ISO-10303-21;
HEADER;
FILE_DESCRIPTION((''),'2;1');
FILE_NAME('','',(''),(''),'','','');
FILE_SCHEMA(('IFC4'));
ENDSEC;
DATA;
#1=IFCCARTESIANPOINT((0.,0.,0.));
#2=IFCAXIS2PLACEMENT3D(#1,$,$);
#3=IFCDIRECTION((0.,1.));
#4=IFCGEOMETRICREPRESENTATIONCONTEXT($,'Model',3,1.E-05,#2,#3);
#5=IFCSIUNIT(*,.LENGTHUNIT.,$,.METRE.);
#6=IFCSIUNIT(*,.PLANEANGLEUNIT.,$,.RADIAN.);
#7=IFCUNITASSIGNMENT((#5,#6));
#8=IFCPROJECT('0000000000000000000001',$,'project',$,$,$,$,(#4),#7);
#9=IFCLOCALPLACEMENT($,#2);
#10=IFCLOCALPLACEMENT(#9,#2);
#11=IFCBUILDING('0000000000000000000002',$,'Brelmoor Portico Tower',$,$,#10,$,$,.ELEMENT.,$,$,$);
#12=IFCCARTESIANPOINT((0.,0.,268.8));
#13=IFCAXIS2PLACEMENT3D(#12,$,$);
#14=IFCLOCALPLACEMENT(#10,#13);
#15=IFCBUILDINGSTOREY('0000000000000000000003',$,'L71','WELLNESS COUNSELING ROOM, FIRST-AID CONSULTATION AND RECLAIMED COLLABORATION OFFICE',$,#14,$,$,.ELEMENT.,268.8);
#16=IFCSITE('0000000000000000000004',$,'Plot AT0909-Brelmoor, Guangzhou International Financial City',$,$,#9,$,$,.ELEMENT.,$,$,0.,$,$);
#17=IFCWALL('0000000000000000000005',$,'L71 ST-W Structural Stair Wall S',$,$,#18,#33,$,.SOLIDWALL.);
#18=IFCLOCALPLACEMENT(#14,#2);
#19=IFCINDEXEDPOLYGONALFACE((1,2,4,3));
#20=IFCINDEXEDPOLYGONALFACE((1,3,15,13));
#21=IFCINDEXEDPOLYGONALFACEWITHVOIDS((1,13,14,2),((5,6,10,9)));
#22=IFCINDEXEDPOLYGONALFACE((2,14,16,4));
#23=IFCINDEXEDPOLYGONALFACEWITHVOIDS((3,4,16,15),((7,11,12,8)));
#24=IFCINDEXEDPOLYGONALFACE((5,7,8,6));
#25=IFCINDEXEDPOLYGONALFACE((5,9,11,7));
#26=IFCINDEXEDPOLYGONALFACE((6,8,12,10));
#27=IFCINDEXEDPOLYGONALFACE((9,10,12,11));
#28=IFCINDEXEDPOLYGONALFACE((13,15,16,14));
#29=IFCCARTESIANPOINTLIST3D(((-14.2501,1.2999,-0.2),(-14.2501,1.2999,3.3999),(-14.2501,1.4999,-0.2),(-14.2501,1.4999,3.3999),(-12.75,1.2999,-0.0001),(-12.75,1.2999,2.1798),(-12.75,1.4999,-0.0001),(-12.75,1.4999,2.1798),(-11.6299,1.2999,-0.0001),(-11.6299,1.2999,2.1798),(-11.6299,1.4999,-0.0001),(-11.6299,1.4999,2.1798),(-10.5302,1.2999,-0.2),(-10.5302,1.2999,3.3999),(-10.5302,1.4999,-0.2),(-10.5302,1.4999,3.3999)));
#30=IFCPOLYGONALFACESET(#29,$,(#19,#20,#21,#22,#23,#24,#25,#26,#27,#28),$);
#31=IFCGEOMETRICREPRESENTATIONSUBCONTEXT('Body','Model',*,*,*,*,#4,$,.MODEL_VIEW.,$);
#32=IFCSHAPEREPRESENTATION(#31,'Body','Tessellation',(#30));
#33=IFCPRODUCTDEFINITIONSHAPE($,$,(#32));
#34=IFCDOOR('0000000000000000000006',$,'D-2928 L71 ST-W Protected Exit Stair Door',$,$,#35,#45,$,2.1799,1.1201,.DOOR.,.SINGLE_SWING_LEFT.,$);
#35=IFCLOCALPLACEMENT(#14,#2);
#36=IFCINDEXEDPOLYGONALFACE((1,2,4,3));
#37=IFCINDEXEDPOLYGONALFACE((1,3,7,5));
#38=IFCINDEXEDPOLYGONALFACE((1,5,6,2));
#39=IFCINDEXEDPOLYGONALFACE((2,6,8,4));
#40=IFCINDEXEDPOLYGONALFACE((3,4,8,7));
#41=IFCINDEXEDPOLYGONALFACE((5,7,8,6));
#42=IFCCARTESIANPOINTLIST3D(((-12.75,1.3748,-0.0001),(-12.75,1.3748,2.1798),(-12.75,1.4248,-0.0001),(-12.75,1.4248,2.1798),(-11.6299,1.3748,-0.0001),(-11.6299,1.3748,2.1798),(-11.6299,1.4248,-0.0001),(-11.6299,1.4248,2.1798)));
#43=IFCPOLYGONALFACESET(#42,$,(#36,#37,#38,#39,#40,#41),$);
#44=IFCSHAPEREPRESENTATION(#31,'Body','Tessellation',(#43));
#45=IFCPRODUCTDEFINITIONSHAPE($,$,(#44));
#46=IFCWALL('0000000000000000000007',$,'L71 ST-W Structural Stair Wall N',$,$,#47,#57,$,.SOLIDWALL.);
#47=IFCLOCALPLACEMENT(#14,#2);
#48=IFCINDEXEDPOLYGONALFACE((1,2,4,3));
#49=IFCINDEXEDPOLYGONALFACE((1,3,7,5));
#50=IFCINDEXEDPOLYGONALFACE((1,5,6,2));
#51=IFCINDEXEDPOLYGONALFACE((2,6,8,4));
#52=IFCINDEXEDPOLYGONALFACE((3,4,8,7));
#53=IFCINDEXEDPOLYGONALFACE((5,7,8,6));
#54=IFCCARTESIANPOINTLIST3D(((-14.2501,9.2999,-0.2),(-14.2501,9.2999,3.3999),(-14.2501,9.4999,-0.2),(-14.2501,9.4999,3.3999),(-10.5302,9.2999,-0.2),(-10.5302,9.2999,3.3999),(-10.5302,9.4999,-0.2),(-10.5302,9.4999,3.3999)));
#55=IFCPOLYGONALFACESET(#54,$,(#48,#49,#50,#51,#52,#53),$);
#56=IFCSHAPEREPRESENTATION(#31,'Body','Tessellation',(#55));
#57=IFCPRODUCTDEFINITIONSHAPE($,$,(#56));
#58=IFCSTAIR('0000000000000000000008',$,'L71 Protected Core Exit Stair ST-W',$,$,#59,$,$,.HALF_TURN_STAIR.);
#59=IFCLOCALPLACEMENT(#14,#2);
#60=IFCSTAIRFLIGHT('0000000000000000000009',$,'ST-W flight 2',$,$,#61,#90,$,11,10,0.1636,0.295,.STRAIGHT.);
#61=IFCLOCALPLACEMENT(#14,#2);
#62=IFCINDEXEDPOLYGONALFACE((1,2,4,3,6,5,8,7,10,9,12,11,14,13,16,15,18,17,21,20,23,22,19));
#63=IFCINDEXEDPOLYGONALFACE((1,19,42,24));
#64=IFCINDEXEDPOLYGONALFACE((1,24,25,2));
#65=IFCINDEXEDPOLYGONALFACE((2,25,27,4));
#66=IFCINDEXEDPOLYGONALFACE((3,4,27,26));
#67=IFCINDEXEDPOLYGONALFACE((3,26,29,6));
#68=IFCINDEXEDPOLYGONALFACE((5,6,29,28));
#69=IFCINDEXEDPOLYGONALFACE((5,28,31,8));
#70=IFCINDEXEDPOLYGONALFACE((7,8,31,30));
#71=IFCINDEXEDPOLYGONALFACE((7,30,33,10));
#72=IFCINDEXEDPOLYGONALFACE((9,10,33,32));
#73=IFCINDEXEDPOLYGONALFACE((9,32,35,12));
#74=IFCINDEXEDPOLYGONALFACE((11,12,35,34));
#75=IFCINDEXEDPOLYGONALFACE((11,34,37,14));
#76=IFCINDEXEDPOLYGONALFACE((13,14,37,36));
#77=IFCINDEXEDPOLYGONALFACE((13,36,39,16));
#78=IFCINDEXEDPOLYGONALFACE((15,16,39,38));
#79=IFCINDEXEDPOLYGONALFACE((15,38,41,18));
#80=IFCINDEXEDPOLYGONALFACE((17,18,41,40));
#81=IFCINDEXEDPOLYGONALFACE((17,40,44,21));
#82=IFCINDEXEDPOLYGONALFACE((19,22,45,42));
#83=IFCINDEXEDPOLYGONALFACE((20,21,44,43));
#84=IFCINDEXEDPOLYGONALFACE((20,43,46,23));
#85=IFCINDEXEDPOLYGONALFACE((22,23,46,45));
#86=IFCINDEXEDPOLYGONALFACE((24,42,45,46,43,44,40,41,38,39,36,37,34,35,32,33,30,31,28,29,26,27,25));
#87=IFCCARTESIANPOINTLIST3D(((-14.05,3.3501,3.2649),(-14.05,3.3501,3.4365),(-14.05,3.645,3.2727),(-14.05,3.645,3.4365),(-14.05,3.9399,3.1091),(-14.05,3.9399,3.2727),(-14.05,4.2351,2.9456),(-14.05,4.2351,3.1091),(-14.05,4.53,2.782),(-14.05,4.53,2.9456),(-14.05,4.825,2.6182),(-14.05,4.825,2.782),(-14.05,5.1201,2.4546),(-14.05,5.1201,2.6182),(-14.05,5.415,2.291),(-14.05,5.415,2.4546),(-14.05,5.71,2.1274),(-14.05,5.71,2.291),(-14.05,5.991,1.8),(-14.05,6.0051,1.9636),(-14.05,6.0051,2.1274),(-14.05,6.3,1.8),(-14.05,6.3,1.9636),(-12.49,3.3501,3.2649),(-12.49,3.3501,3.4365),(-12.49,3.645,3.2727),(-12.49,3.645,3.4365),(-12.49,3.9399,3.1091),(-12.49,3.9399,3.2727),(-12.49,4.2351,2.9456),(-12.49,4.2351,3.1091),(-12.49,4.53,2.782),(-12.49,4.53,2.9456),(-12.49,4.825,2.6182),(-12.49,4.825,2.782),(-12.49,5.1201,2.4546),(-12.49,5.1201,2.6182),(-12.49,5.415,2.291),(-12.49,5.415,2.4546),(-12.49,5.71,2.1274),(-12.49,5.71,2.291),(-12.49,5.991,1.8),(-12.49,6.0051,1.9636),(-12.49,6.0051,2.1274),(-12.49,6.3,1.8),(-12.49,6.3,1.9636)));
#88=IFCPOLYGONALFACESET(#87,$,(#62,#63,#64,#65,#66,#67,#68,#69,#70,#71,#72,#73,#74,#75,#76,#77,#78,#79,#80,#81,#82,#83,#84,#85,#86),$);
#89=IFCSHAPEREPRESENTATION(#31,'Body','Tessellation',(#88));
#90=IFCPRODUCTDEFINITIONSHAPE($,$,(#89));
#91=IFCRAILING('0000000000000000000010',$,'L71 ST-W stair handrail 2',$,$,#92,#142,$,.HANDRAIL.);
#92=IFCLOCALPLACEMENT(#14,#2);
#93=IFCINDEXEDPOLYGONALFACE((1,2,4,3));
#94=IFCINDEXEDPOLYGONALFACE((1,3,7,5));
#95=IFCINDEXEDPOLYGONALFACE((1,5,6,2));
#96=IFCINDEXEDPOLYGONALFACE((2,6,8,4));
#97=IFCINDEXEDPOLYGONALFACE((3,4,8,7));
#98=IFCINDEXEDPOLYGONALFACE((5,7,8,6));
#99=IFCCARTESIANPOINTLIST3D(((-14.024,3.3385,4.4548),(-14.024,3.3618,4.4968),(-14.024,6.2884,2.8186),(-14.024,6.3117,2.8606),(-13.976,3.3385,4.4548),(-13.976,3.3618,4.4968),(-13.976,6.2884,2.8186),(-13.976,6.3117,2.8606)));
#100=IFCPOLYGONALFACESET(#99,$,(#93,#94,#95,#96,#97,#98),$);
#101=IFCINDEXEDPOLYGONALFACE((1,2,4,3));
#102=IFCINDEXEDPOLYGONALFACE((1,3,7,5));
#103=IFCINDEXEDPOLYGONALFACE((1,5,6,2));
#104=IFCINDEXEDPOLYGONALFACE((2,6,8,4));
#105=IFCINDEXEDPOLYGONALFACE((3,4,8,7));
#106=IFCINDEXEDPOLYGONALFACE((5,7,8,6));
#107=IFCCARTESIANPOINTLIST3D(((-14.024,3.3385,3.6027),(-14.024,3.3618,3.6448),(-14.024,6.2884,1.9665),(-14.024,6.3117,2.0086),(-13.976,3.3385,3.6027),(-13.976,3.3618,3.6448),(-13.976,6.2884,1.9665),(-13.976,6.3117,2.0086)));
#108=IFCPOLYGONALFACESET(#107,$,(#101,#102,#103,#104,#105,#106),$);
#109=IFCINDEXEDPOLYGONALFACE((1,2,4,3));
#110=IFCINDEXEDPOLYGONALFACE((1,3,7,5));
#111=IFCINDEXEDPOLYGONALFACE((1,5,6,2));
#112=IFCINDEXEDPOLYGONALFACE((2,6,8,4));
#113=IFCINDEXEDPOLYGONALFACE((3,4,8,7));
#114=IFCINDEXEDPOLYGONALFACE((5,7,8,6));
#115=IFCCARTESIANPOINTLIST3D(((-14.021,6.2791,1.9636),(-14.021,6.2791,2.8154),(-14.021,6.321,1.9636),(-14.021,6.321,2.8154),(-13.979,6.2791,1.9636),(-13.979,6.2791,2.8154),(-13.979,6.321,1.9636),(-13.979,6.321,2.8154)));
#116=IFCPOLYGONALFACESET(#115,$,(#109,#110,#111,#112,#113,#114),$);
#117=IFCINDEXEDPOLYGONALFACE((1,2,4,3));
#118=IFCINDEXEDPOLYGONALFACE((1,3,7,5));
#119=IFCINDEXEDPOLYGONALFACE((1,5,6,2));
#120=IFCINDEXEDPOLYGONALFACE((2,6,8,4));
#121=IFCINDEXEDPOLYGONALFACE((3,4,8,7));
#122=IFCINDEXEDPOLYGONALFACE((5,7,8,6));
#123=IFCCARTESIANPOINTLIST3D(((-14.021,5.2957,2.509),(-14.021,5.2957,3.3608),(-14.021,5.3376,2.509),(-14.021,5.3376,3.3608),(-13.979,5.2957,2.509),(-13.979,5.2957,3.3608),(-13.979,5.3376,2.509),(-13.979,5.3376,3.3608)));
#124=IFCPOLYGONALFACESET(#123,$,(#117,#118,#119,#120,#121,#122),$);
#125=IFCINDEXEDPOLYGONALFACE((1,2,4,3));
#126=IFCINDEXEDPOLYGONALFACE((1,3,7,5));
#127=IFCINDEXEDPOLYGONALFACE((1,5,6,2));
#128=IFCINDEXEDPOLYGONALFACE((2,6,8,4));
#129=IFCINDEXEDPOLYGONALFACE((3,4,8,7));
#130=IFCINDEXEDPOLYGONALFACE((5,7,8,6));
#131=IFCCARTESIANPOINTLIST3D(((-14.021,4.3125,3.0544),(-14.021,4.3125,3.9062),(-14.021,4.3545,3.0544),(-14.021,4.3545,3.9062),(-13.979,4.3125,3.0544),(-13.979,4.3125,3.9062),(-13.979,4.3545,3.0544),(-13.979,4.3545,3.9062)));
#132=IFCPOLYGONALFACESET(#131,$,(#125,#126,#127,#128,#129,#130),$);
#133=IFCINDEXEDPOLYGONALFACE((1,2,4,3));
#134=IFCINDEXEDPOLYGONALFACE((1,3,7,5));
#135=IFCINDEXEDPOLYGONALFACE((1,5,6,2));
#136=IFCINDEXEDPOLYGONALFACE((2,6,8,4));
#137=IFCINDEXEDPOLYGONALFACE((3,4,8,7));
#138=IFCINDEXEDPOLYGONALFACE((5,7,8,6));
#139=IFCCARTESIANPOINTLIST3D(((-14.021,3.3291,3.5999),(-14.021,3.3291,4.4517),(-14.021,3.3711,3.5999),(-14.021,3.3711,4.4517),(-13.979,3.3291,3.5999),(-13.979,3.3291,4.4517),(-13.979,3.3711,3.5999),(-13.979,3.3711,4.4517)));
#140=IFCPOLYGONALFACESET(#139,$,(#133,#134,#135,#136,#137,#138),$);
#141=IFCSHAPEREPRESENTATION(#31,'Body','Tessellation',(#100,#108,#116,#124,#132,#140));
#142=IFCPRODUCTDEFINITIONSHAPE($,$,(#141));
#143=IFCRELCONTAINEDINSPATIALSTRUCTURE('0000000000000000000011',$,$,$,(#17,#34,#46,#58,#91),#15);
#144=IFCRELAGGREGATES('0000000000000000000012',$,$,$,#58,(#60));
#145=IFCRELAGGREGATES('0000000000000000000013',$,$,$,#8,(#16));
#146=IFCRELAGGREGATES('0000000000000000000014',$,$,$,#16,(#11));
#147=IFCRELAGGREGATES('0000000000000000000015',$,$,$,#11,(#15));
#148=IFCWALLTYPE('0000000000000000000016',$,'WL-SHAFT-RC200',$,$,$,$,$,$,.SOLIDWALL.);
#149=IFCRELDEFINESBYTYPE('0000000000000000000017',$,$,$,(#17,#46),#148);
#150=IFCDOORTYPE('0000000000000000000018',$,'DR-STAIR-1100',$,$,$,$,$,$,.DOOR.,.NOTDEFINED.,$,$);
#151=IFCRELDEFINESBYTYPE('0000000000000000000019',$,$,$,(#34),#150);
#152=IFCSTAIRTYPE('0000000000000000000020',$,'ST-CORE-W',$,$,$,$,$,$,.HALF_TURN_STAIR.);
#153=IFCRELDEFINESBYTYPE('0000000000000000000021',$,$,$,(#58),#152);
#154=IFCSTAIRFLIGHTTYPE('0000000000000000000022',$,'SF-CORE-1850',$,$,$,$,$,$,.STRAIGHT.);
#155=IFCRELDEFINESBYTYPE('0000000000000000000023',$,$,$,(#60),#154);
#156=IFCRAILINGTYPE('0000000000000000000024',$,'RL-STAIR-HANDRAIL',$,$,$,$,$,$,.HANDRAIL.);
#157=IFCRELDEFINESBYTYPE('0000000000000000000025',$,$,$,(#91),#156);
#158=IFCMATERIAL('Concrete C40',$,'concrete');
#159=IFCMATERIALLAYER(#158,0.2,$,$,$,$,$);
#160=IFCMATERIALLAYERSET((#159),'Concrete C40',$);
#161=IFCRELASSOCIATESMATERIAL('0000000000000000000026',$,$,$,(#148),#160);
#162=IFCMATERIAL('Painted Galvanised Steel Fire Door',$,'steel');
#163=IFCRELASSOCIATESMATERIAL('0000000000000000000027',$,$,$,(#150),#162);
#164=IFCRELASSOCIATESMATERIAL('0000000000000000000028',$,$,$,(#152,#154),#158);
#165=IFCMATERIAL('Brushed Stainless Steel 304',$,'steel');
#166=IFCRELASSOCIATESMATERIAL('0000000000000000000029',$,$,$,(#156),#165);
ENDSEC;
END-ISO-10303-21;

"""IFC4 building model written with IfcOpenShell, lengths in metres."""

from ifc_helpers import new_model, si_unit, direction, frame, frame_2d, origin, origin_2d, place, context, subcontext, project, spatial, polyline, rectangle, outline, extrude, material, layer, layer_set, type_object, element, fill, aggregate, save


model = new_model("IFC4")

# Units and contexts
model_context = context("Model", 3, precision=1e-05, world=origin(), true_north=direction((0.0, 1.0)))
body_context = subcontext(model_context, "Body", "Model", "MODEL_VIEW")
ifc_project = project(units=[si_unit("LENGTHUNIT", "METRE"), si_unit("PLANEANGLEUNIT", "RADIAN")], contexts=[model_context])

# Site, building, storey
site_placement = place(None, origin())
site = spatial("IfcSite", under=ifc_project, at=site_placement, Name="Plot AT0909-Brelmoor, Guangzhou International Financial City", CompositionType="ELEMENT", RefElevation=0.0)
building_placement = place(site_placement, origin())
building = spatial("IfcBuilding", under=site, at=building_placement, Name="Brelmoor Portico Tower", CompositionType="ELEMENT")
storey_placement = place(building_placement, frame((0.0, 0.0, 268.8)))
storey = spatial("IfcBuildingStorey", under=building, at=storey_placement, Name="L71", Description="WELLNESS COUNSELING ROOM, FIRST-AID CONSULTATION AND RECLAIMED COLLABORATION OFFICE", CompositionType="ELEMENT", Elevation=268.8)

# Shared definitions
ifc_material_1 = material(Name="Concrete C40", Category="concrete")
ifc_layer_1 = layer(ifc_material_1, 0.2)
ifc_layer_set_1 = layer_set([ifc_layer_1], Name="Concrete C40")
wall_type_1 = type_object("IfcWallType", Name="WL-SHAFT-RC200", PredefinedType="SOLIDWALL", material=ifc_layer_set_1)

# Wall, opening, door
wall_1_placement = place(storey_placement, frame((-14.25, 1.3999, -0.2), z_axis=(0.0, 0.0, 1.0), x_axis=(1.0, 0.0, 0.0)))
wall_1 = element("IfcWall", 1, at=wall_1_placement, inside=storey, type_object=wall_type_1, Name="L71 ST-W Structural Stair Wall S", PredefinedType="SOLIDWALL", context=body_context, shape_type="SweptSolid", body=[
    extrude(rectangle(XDim=3.72, YDim=0.2, at=frame_2d((1.8599, 0.0))), origin(), (0.0, 0.0, 1.0), 3.5999),
])
opening_placement = place(wall_1_placement, frame((1.5, 0.0, 0.2)))
opening = element("IfcOpeningElement", 2, at=opening_placement, cuts=wall_1, PredefinedType="OPENING", context=body_context, shape_type="SweptSolid", body=[
    extrude(rectangle(XDim=1.1201, YDim=2.1799, at=frame_2d((0.5601, 1.0898))), frame((0.0, 0.1099, 0.0), z_axis=(0.0, -1.0, 0.0), x_axis=(1.0, 0.0, 0.0)), (0.0, 0.0, 1.0), 0.22),
])
ifc_material_2 = material(Name="Painted Galvanised Steel Fire Door", Category="steel")
door_type = type_object("IfcDoorType", Name="DR-STAIR-1100", OperationType="NOTDEFINED", PredefinedType="DOOR", material=ifc_material_2)
door_placement = place(opening_placement, origin())
door = element("IfcDoor", 3, at=door_placement, inside=storey, type_object=door_type, Name="D-2928 L71 ST-W Protected Exit Stair Door", OperationType="SINGLE_SWING_LEFT", OverallHeight=2.1799, OverallWidth=1.1201, PredefinedType="DOOR", context=body_context, shape_type="SweptSolid", body=[
    extrude(rectangle(XDim=1.1201, YDim=2.1799, at=frame_2d((0.5601, 1.0898))), frame((0.0, 0.0249, 0.0), z_axis=(0.0, -1.0, 0.0), x_axis=(1.0, 0.0, 0.0)), (0.0, 0.0, 1.0), 0.05),
])
fill(opening, door)

# Wall
wall_2_placement = place(storey_placement, frame((-14.25, 9.3999, -0.2), z_axis=(0.0, 0.0, 1.0), x_axis=(1.0, 0.0, 0.0)))
element("IfcWall", 4, at=wall_2_placement, inside=storey, type_object=wall_type_1, Name="L71 ST-W Structural Stair Wall N", PredefinedType="SOLIDWALL", context=body_context, shape_type="SweptSolid", body=[
    extrude(rectangle(XDim=3.72, YDim=0.2, at=frame_2d((1.8599, 0.0))), origin(), (0.0, 0.0, 1.0), 3.5999),
])

# Stair, stair flight
stair_type = type_object("IfcStairType", Name="ST-CORE-W", PredefinedType="HALF_TURN_STAIR", material=ifc_material_1)
stair_placement = place(storey_placement, origin())
stair = element("IfcStair", 5, at=stair_placement, inside=storey, type_object=stair_type, Name="L71 Protected Core Exit Stair ST-W", PredefinedType="HALF_TURN_STAIR")
stair_flight_type = type_object("IfcStairFlightType", Name="SF-CORE-1850", PredefinedType="STRAIGHT", material=ifc_material_1)
stair_flight_placement = place(storey_placement, frame((-13.27, 6.3, 1.8), z_axis=(0.0, 0.0, 1.0), x_axis=(0.0, -1.0, 0.0)))
stair_flight = element("IfcStairFlight", 6, at=stair_flight_placement, type_object=stair_flight_type, Name="ST-W flight 2", NumberOfRisers=11, NumberOfTreads=10, PredefinedType="STRAIGHT", RiserHeight=0.1636, TreadLength=0.295, context=body_context, shape_type="SweptSolid", body=[
    extrude(outline(polyline([(0.0, 0.0), (0.0, 0.1636), (0.2949, 0.1636), (0.2949, 0.3274), (0.5901, 0.3274), (0.5901, 0.491), (0.885, 0.491), (0.885, 0.6545), (1.1799, 0.6545), (1.1799, 0.8181), (1.4751, 0.8181), (1.4751, 0.9819), (1.77, 0.9819), (1.77, 1.1455), (2.0649, 1.1455), (2.0649, 1.3091), (2.3601, 1.3091), (2.3601, 1.4727), (2.655, 1.4727), (2.655, 1.6365), (2.95, 1.6365), (2.95, 1.8), (2.95, 1.4648), (0.3091, 0.0), (0.0, 0.0)])), frame((0.0, 0.78, 0.0), z_axis=(0.0, -1.0, 0.0), x_axis=(1.0, 0.0, 0.0)), (0.0, 0.0, 1.0), 1.5601),
])
aggregate(stair, [stair_flight])

# Railing
ifc_material_3 = material(Name="Brushed Stainless Steel 304", Category="steel")
railing_type = type_object("IfcRailingType", Name="RL-STAIR-HANDRAIL", PredefinedType="HANDRAIL", material=ifc_material_3)
railing_placement = place(storey_placement, frame((-14.0, 6.3, 1.9636)))
element("IfcRailing", 7, at=railing_placement, inside=storey, type_object=railing_type, Name="L71 ST-W stair handrail 2", PredefinedType="HANDRAIL", context=body_context, shape_type="SweptSolid", body=[
    extrude(rectangle(XDim=0.0481, YDim=0.0481, at=origin_2d()), frame((0.0, 0.0, 0.876), z_axis=(0.0, -0.874488, 0.485047), x_axis=(1.0, 0.0, 0.0)), (0.0, 0.0, 1.0), 3.3733),
    extrude(rectangle(XDim=0.0481, YDim=0.0481, at=origin_2d()), frame((0.0, 0.0, 0.0239), z_axis=(0.0, -0.874488, 0.485047), x_axis=(1.0, 0.0, 0.0)), (0.0, 0.0, 1.0), 3.3733),
    extrude(rectangle(XDim=0.042, YDim=0.042, at=origin_2d()), origin(), (0.0, 0.0, 1.0), 0.8518),
    extrude(rectangle(XDim=0.042, YDim=0.042, at=origin_2d()), frame((0.0, -0.9834, 0.5454)), (0.0, 0.0, 1.0), 0.8518),
    extrude(rectangle(XDim=0.042, YDim=0.042, at=origin_2d()), frame((0.0, -1.9666, 1.0908)), (0.0, 0.0, 1.0), 0.8518),
    extrude(rectangle(XDim=0.042, YDim=0.042, at=origin_2d()), frame((0.0, -2.95, 1.6362)), (0.0, 0.0, 1.0), 0.8518),
])

save(model, "model.ifc")
